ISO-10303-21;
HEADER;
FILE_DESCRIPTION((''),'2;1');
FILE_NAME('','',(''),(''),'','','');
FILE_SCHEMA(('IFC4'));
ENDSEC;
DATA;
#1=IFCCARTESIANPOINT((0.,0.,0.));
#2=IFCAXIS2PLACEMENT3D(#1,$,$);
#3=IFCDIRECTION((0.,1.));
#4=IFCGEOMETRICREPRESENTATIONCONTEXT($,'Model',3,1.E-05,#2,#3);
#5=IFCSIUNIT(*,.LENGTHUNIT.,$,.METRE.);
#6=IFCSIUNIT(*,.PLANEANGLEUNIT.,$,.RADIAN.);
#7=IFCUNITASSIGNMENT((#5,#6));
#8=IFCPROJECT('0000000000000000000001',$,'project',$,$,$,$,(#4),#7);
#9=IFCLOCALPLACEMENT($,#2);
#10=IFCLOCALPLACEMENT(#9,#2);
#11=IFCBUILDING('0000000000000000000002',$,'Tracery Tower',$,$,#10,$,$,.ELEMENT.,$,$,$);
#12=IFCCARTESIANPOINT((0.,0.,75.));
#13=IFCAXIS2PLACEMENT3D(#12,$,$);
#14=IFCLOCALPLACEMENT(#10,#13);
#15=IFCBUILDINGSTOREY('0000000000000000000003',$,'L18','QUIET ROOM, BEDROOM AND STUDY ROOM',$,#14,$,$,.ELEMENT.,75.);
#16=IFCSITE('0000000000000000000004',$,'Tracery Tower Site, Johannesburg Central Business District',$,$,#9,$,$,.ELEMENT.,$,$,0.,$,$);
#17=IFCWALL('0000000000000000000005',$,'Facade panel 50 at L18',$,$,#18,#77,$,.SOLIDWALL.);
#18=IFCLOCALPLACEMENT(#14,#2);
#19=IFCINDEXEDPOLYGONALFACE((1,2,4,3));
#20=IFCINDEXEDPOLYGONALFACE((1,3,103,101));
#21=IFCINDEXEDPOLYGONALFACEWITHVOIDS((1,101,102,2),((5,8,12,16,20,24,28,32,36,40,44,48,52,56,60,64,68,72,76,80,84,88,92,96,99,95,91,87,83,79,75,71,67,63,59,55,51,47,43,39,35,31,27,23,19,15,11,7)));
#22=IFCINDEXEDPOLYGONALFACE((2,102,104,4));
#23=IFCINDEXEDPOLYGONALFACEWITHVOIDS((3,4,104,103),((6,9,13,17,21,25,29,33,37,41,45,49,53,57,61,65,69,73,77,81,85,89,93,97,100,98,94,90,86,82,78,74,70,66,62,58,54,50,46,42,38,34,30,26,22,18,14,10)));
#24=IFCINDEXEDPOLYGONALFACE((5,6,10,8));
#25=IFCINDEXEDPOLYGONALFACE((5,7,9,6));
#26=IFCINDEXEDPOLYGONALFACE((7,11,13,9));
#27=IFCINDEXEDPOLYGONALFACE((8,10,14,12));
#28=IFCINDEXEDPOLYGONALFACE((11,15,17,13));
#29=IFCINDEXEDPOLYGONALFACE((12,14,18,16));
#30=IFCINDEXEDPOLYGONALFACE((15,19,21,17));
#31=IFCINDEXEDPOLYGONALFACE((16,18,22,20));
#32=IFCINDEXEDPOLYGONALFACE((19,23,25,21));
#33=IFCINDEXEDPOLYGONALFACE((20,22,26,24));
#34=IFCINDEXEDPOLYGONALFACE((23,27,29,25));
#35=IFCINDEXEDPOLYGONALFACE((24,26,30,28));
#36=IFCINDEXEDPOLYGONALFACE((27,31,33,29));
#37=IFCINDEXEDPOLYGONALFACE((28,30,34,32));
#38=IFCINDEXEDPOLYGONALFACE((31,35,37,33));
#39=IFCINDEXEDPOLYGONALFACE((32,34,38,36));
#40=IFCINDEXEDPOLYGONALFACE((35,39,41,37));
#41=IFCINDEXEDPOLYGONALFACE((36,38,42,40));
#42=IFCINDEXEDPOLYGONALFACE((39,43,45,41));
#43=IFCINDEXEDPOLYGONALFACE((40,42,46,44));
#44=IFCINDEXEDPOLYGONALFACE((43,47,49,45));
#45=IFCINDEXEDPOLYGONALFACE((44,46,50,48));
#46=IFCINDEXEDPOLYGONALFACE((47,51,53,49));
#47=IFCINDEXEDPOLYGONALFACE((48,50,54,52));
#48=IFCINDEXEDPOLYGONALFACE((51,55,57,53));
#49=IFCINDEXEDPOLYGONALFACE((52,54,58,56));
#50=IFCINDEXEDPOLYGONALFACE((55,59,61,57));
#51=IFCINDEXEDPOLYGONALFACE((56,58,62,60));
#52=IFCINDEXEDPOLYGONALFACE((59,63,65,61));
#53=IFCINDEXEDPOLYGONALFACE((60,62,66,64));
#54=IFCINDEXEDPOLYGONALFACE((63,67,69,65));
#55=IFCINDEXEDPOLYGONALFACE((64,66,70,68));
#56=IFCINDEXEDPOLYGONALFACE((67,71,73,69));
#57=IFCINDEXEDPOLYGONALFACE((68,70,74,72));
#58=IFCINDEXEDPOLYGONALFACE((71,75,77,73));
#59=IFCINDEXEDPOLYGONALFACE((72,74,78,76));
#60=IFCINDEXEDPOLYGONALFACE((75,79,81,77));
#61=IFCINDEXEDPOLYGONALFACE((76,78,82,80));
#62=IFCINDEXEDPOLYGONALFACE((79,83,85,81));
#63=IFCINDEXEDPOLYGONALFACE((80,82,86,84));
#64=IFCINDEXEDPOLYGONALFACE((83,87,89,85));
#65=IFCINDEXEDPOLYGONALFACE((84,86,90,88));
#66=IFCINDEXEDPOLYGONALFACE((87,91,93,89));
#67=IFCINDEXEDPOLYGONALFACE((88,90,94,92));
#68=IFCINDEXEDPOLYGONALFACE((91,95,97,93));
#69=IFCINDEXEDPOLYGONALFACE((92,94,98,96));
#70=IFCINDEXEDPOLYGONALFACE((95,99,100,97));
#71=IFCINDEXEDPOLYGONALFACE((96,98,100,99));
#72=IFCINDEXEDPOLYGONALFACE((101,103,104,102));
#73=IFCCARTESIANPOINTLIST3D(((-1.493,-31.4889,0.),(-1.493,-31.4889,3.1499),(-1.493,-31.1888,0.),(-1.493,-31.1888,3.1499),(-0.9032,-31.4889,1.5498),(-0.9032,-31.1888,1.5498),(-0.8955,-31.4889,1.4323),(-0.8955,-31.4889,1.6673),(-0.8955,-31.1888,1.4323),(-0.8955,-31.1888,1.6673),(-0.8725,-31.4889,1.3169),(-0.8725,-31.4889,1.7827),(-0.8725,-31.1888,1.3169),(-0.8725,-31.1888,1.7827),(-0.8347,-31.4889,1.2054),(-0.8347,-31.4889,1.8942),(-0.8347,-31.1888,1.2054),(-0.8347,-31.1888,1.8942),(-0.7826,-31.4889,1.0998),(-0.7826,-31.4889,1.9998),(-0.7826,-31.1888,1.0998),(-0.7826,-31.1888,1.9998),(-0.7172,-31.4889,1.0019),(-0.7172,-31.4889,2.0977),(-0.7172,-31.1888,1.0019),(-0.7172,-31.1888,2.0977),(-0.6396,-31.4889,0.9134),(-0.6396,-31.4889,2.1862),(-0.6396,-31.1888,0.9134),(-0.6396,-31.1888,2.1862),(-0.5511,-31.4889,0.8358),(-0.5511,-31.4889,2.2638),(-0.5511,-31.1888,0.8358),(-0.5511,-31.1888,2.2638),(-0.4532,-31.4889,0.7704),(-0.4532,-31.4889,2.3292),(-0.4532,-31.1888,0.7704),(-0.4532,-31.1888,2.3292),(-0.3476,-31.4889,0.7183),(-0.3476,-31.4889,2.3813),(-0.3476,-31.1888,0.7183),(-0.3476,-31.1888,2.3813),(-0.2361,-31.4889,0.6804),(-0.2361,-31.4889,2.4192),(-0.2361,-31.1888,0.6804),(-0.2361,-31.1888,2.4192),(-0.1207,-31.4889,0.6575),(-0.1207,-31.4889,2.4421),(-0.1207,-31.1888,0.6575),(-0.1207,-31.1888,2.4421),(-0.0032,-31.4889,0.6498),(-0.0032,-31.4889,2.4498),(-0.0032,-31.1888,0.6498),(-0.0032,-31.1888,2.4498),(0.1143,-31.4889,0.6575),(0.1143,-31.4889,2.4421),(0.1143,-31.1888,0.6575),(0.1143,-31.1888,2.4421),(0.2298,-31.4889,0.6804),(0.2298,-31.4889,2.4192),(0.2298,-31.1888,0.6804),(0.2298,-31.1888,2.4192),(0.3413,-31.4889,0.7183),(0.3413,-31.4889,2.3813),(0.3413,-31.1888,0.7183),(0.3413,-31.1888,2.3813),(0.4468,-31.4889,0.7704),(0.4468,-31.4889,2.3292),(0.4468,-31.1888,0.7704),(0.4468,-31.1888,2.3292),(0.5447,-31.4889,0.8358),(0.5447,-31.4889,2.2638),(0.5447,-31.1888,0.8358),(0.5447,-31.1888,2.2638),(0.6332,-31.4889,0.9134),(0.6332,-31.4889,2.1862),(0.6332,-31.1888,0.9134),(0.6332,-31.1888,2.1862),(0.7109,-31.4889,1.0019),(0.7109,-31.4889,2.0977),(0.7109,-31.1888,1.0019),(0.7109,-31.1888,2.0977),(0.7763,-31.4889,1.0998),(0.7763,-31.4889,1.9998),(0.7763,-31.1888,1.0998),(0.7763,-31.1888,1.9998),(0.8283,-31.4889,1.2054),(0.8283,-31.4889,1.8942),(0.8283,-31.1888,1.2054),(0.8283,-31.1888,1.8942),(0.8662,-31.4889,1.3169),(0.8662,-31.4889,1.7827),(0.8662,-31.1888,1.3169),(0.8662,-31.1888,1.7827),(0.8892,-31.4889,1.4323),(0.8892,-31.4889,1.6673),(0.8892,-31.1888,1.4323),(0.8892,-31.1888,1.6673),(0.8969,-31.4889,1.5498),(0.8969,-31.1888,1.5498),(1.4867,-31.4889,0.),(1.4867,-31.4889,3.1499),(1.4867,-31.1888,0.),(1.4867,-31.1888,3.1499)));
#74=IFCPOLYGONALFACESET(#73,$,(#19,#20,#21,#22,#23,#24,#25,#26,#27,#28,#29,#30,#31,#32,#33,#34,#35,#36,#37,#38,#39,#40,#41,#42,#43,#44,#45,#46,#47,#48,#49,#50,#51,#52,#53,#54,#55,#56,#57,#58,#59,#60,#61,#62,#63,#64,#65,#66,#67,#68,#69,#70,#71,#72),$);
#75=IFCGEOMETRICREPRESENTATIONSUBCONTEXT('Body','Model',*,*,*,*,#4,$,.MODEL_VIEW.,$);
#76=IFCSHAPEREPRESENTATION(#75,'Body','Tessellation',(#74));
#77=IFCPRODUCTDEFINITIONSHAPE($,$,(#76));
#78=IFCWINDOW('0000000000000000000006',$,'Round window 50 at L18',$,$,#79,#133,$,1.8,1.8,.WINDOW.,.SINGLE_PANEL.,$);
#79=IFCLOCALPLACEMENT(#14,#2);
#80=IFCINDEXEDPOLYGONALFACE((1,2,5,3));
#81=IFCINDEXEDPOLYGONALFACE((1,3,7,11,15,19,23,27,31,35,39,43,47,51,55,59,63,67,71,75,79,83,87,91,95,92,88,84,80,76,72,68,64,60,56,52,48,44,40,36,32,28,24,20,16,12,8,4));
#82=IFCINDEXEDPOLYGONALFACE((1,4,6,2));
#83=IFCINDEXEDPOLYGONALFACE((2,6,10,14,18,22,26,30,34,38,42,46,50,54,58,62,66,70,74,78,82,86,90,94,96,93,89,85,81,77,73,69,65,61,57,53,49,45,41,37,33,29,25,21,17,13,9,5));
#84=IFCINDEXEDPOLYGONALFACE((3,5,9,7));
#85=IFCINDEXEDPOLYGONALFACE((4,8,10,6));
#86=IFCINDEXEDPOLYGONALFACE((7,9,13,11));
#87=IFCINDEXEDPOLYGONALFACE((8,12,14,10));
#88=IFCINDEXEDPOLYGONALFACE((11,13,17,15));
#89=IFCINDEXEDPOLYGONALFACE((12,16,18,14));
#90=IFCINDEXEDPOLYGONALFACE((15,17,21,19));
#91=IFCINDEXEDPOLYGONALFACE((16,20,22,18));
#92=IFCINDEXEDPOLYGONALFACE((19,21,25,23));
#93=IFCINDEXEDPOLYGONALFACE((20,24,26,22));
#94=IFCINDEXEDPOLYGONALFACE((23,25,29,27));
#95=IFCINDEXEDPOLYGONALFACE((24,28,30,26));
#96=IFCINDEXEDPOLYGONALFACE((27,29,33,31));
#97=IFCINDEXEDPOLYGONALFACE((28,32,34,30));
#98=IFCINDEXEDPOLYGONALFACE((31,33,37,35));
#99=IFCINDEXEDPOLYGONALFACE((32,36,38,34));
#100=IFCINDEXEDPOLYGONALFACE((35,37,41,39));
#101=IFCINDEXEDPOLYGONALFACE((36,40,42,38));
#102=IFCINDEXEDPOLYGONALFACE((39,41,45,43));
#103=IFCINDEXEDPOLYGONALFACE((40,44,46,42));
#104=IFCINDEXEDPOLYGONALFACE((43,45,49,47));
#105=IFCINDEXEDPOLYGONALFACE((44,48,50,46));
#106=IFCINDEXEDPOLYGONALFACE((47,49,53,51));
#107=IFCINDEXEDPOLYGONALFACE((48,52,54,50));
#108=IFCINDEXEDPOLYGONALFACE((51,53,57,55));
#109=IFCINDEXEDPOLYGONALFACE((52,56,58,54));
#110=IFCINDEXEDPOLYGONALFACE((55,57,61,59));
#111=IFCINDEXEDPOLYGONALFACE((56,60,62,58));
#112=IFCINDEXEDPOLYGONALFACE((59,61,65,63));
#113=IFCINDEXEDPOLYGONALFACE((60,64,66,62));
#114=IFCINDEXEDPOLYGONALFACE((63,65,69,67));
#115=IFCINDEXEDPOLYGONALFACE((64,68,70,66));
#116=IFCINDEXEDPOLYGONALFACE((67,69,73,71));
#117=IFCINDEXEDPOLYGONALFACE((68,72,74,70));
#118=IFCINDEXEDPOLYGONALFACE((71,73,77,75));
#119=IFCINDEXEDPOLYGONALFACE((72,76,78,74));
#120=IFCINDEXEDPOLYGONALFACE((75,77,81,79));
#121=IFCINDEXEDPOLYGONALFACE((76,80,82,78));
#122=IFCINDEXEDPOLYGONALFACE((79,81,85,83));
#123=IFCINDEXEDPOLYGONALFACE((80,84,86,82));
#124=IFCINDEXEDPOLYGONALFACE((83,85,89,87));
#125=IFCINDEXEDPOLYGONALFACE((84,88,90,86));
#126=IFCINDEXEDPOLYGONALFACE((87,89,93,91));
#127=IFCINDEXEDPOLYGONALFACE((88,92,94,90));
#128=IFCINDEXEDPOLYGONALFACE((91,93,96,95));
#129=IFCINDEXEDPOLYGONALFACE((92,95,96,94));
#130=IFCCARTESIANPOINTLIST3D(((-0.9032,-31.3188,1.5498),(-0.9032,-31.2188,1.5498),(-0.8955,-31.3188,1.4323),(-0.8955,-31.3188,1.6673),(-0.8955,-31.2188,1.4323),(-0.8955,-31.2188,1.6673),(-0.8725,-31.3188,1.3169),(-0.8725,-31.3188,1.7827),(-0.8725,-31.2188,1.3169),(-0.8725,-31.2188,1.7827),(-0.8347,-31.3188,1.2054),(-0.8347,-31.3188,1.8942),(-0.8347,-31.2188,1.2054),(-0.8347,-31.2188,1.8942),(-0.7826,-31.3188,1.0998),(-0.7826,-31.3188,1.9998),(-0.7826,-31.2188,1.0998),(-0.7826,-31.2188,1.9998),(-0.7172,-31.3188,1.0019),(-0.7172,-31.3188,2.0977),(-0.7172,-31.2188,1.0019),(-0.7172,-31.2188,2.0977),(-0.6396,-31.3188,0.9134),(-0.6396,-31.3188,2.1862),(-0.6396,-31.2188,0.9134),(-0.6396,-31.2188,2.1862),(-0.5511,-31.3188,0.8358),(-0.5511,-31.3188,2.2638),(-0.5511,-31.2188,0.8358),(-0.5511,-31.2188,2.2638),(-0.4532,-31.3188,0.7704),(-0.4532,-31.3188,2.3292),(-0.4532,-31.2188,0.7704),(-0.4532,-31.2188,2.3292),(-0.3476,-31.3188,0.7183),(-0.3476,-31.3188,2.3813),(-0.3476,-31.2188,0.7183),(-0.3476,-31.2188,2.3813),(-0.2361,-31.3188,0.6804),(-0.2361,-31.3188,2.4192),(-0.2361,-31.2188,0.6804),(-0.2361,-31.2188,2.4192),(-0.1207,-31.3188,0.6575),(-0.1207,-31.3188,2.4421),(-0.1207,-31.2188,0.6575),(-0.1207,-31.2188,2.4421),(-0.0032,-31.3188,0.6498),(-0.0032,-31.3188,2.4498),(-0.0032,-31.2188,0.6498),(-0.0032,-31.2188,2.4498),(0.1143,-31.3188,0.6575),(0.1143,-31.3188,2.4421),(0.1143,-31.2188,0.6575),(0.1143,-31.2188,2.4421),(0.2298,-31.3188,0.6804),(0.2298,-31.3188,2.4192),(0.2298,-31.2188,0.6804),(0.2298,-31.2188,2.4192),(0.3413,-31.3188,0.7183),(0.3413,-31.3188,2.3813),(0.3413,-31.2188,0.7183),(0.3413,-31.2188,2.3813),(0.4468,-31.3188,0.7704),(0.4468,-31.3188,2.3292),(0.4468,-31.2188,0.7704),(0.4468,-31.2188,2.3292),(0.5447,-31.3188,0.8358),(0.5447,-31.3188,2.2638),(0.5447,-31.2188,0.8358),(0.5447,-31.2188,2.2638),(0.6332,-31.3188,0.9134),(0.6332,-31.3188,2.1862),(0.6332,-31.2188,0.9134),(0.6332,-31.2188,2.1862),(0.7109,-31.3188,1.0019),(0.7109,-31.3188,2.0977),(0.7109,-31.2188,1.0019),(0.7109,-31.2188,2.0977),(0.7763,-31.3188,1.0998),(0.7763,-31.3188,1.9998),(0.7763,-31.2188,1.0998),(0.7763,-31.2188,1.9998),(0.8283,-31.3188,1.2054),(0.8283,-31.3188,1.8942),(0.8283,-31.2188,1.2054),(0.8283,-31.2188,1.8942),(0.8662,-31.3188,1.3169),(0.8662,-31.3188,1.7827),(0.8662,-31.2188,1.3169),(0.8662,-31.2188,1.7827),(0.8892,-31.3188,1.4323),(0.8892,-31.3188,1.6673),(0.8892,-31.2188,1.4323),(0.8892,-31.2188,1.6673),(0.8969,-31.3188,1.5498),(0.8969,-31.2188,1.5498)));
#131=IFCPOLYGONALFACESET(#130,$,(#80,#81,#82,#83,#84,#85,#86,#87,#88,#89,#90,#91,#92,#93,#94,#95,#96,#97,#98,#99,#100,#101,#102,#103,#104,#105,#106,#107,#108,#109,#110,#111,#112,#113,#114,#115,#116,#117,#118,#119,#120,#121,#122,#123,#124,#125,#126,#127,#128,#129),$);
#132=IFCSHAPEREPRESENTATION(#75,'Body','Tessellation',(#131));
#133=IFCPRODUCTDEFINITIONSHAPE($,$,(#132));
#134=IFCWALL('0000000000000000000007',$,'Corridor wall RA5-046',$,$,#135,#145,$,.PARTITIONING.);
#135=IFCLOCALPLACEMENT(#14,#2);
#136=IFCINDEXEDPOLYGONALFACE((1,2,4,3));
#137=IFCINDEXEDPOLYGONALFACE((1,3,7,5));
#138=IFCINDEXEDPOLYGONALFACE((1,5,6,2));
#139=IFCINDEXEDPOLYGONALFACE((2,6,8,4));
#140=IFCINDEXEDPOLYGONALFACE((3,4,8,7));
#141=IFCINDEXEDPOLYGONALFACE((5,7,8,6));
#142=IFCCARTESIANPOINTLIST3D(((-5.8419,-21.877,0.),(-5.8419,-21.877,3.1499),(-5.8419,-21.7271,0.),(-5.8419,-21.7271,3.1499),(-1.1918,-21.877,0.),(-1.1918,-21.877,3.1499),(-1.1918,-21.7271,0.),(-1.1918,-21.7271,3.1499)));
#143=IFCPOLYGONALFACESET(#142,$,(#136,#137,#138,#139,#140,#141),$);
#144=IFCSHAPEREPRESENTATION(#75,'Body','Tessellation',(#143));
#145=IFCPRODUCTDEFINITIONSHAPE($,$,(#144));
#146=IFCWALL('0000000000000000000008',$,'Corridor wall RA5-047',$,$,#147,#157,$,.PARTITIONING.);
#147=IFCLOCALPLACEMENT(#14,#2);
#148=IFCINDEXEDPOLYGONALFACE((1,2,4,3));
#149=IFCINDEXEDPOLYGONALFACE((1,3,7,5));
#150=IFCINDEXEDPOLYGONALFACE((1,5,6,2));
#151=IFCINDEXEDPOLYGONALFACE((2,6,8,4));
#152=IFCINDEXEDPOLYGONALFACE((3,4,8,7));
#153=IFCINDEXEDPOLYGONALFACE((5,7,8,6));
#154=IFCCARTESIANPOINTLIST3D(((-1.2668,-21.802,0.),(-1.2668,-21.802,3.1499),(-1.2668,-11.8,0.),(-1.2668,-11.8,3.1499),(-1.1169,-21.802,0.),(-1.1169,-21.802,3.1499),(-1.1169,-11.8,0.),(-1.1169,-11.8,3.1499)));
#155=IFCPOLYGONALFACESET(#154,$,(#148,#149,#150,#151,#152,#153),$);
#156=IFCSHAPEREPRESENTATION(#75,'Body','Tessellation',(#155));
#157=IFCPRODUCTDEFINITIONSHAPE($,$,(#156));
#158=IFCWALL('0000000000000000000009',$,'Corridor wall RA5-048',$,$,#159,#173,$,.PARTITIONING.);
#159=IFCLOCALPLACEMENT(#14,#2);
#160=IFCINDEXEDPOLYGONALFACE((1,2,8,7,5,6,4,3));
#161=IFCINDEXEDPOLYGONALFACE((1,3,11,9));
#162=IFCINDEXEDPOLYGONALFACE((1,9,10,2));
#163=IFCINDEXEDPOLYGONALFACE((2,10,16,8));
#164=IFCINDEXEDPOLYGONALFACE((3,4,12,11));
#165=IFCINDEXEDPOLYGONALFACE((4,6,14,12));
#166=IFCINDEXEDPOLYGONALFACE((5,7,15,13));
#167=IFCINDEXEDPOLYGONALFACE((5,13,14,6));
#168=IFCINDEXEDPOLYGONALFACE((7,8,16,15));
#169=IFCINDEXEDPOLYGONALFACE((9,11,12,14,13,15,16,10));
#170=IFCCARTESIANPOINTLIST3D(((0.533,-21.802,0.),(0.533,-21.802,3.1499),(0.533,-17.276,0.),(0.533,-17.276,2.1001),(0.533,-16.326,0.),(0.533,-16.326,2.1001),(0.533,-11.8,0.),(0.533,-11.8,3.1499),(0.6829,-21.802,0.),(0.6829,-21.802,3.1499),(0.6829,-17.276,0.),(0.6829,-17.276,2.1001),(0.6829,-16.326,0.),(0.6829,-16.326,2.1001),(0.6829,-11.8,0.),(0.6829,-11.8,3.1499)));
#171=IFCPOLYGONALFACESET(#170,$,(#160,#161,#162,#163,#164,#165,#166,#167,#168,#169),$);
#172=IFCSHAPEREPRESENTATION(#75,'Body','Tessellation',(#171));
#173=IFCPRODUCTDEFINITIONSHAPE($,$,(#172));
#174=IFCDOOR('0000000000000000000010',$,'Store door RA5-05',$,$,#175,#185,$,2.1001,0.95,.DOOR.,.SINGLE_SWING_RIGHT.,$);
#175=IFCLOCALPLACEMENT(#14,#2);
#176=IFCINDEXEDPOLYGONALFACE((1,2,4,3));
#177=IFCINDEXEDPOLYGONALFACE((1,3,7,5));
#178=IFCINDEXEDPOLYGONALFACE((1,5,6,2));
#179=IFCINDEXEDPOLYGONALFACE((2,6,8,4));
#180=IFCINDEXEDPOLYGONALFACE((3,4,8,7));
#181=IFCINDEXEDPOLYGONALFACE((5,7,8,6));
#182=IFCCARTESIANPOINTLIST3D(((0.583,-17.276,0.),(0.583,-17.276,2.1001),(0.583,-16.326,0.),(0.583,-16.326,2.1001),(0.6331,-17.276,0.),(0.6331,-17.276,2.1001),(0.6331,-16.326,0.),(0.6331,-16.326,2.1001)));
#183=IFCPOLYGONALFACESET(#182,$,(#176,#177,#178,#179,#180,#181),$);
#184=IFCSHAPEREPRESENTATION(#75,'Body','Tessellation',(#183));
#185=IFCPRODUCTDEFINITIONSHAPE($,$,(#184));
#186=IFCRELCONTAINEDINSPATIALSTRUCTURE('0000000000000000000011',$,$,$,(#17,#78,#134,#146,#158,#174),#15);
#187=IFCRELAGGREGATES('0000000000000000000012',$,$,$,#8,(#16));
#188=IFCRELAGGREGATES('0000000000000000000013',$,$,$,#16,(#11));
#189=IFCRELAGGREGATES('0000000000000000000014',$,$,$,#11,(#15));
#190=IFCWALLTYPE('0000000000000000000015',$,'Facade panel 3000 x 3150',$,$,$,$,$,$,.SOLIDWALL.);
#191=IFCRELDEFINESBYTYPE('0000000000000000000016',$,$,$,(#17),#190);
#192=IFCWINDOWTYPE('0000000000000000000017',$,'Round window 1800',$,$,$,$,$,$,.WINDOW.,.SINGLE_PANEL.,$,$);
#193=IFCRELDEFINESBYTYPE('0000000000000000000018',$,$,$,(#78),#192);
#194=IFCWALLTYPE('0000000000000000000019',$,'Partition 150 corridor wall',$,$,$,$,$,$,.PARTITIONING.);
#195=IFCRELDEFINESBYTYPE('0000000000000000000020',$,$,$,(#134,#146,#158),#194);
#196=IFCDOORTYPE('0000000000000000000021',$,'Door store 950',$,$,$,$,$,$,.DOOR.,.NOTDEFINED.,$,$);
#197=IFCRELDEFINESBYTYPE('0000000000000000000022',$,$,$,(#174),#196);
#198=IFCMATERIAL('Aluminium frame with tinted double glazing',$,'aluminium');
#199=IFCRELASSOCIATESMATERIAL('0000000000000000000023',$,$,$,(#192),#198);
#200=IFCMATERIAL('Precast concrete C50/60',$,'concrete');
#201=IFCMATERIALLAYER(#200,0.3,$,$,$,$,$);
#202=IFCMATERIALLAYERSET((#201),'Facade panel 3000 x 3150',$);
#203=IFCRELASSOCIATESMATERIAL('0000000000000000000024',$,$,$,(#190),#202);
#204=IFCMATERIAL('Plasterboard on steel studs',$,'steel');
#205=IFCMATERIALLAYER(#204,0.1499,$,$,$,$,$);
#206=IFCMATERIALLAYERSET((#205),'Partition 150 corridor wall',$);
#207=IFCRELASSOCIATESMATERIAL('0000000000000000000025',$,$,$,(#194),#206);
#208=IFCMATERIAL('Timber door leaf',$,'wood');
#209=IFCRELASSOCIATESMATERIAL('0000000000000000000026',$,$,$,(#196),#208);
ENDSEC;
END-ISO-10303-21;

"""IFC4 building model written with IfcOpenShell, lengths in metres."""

from ifc_helpers import new_model, si_unit, direction, frame, frame_2d, origin, origin_2d, place, context, subcontext, project, spatial, rectangle, circle, extrude, material, layer, layer_set, type_object, element, fill, save


model = new_model("IFC4")

# Units and contexts
model_context = context("Model", 3, precision=1e-05, world=origin(), true_north=direction((0.0, 1.0)))
body_context = subcontext(model_context, "Body", "Model", "MODEL_VIEW")
ifc_project = project(units=[si_unit("LENGTHUNIT", "METRE"), si_unit("PLANEANGLEUNIT", "RADIAN")], contexts=[model_context])

# Site, building, storey
site_placement = place(None, origin())
site = spatial("IfcSite", under=ifc_project, at=site_placement, Name="Tracery Tower Site, Johannesburg Central Business District", CompositionType="ELEMENT", RefElevation=0.0)
building_placement = place(site_placement, origin())
building = spatial("IfcBuilding", under=site, at=building_placement, Name="Tracery Tower", CompositionType="ELEMENT")
storey_placement = place(building_placement, frame((0.0, 0.0, 75.0)))
storey = spatial("IfcBuildingStorey", under=building, at=storey_placement, Name="L18", Description="QUIET ROOM, BEDROOM AND STUDY ROOM", CompositionType="ELEMENT", Elevation=75.0)

# Wall, opening, window
ifc_material_1 = material(Name="Aluminium frame with tinted double glazing", Category="aluminium")
window_type = type_object("IfcWindowType", Name="Round window 1800", PartitioningType="SINGLE_PANEL", PredefinedType="WINDOW", material=ifc_material_1)
ifc_material_2 = material(Name="Precast concrete C50/60", Category="concrete")
ifc_layer_1 = layer(ifc_material_2, 0.3)
ifc_layer_set_1 = layer_set([ifc_layer_1], Name="Facade panel 3000 x 3150")
wall_type_1 = type_object("IfcWallType", Name="Facade panel 3000 x 3150", PredefinedType="SOLIDWALL", material=ifc_layer_set_1)
wall_1_placement = place(storey_placement, frame((-1.4929, -31.3389, 0.0), z_axis=(0.0, 0.0, 1.0), x_axis=(1.0, 0.0, 0.0)))
wall_1 = element("IfcWall", 1, at=wall_1_placement, inside=storey, type_object=wall_type_1, Name="Facade panel 50 at L18", PredefinedType="SOLIDWALL", context=body_context, shape_type="SweptSolid", body=[
    extrude(rectangle(XDim=2.9797, YDim=0.3, at=frame_2d((1.4897, 0.0))), origin(), (0.0, 0.0, 1.0), 3.1499),
])
opening_1_placement = place(wall_1_placement, frame((1.4897, 0.0, 1.5498)))
opening_1 = element("IfcOpeningElement", 2, at=opening_1_placement, cuts=wall_1, PredefinedType="OPENING", context=body_context, shape_type="SweptSolid", body=[
    extrude(circle(Radius=0.9, at=origin_2d()), frame((0.0, 0.1599, 0.0), z_axis=(0.0, -1.0, 0.0), x_axis=(1.0, 0.0, 0.0)), (0.0, 0.0, 1.0), 0.3201),
])
window_1_placement = place(opening_1_placement, origin())
window_1 = element("IfcWindow", 3, at=window_1_placement, inside=storey, type_object=window_type, Name="Round window 50 at L18", OverallHeight=1.8, OverallWidth=1.8, PartitioningType="SINGLE_PANEL", PredefinedType="WINDOW", context=body_context, shape_type="SweptSolid", body=[
    extrude(circle(Radius=0.9, at=origin_2d()), frame((0.0, 0.1201, 0.0), z_axis=(0.0, -1.0, 0.0), x_axis=(1.0, 0.0, 0.0)), (0.0, 0.0, 1.0), 0.1001),
])
fill(opening_1, window_1)

# Walls
ifc_material_3 = material(Name="Plasterboard on steel studs", Category="steel")
ifc_layer_2 = layer(ifc_material_3, 0.1499)
ifc_layer_set_2 = layer_set([ifc_layer_2], Name="Partition 150 corridor wall")
wall_type_2 = type_object("IfcWallType", Name="Partition 150 corridor wall", PredefinedType="PARTITIONING", material=ifc_layer_set_2)
wall_2_placement = place(storey_placement, frame((-5.842, -21.802, 0.0), z_axis=(0.0, 0.0, 1.0), x_axis=(1.0, 0.0, 0.0)))
element("IfcWall", 4, at=wall_2_placement, inside=storey, type_object=wall_type_2, Name="Corridor wall RA5-046", PredefinedType="PARTITIONING", context=body_context, shape_type="SweptSolid", body=[
    extrude(rectangle(XDim=4.6501, YDim=0.1499, at=frame_2d((2.3252, 0.0))), origin(), (0.0, 0.0, 1.0), 3.1499),
])
wall_3_placement = place(storey_placement, frame((-1.1919, -21.802, 0.0), z_axis=(0.0, 0.0, 1.0), x_axis=(0.0, 1.0, 0.0)))
element("IfcWall", 5, at=wall_3_placement, inside=storey, type_object=wall_type_2, Name="Corridor wall RA5-047", PredefinedType="PARTITIONING", context=body_context, shape_type="SweptSolid", body=[
    extrude(rectangle(XDim=10.002, YDim=0.1499, at=frame_2d((5.001, 0.0))), origin(), (0.0, 0.0, 1.0), 3.1499),
])

# Wall, opening, door
wall_4_placement = place(storey_placement, frame((0.6079, -21.802, 0.0), z_axis=(0.0, 0.0, 1.0), x_axis=(0.0, 1.0, 0.0)))
wall_4 = element("IfcWall", 6, at=wall_4_placement, inside=storey, type_object=wall_type_2, Name="Corridor wall RA5-048", PredefinedType="PARTITIONING", context=body_context, shape_type="SweptSolid", body=[
    extrude(rectangle(XDim=10.002, YDim=0.1499, at=frame_2d((5.001, 0.0))), origin(), (0.0, 0.0, 1.0), 3.1499),
])
opening_2_placement = place(wall_4_placement, frame((4.5259, 0.0, 0.0)))
opening_2 = element("IfcOpeningElement", 7, at=opening_2_placement, cuts=wall_4, PredefinedType="OPENING", context=body_context, shape_type="SweptSolid", body=[
    extrude(rectangle(XDim=0.95, YDim=2.1001, at=frame_2d((0.4751, 1.05))), frame((0.0, 0.075, 0.0), z_axis=(0.0, -1.0, 0.0), x_axis=(1.0, 0.0, 0.0)), (0.0, 0.0, 1.0), 0.1499),
])
ifc_material_4 = material(Name="Timber door leaf", Category="wood")
door_type_1 = type_object("IfcDoorType", Name="Door store 950", OperationType="NOTDEFINED", PredefinedType="DOOR", material=ifc_material_4)
door_1_placement = place(opening_2_placement, origin())
door_1 = element("IfcDoor", 8, at=door_1_placement, inside=storey, type_object=door_type_1, Name="Store door RA5-05", OperationType="SINGLE_SWING_RIGHT", OverallHeight=2.1001, OverallWidth=0.95, PredefinedType="DOOR", context=body_context, shape_type="SweptSolid", body=[
    extrude(rectangle(XDim=0.95, YDim=2.1001, at=frame_2d((0.4751, 1.05))), frame((0.0, 0.0249, 0.0), z_axis=(0.0, -1.0, 0.0), x_axis=(1.0, 0.0, 0.0)), (0.0, 0.0, 1.0), 0.05),
])
fill(opening_2, door_1)

save(model, "model.ifc")
